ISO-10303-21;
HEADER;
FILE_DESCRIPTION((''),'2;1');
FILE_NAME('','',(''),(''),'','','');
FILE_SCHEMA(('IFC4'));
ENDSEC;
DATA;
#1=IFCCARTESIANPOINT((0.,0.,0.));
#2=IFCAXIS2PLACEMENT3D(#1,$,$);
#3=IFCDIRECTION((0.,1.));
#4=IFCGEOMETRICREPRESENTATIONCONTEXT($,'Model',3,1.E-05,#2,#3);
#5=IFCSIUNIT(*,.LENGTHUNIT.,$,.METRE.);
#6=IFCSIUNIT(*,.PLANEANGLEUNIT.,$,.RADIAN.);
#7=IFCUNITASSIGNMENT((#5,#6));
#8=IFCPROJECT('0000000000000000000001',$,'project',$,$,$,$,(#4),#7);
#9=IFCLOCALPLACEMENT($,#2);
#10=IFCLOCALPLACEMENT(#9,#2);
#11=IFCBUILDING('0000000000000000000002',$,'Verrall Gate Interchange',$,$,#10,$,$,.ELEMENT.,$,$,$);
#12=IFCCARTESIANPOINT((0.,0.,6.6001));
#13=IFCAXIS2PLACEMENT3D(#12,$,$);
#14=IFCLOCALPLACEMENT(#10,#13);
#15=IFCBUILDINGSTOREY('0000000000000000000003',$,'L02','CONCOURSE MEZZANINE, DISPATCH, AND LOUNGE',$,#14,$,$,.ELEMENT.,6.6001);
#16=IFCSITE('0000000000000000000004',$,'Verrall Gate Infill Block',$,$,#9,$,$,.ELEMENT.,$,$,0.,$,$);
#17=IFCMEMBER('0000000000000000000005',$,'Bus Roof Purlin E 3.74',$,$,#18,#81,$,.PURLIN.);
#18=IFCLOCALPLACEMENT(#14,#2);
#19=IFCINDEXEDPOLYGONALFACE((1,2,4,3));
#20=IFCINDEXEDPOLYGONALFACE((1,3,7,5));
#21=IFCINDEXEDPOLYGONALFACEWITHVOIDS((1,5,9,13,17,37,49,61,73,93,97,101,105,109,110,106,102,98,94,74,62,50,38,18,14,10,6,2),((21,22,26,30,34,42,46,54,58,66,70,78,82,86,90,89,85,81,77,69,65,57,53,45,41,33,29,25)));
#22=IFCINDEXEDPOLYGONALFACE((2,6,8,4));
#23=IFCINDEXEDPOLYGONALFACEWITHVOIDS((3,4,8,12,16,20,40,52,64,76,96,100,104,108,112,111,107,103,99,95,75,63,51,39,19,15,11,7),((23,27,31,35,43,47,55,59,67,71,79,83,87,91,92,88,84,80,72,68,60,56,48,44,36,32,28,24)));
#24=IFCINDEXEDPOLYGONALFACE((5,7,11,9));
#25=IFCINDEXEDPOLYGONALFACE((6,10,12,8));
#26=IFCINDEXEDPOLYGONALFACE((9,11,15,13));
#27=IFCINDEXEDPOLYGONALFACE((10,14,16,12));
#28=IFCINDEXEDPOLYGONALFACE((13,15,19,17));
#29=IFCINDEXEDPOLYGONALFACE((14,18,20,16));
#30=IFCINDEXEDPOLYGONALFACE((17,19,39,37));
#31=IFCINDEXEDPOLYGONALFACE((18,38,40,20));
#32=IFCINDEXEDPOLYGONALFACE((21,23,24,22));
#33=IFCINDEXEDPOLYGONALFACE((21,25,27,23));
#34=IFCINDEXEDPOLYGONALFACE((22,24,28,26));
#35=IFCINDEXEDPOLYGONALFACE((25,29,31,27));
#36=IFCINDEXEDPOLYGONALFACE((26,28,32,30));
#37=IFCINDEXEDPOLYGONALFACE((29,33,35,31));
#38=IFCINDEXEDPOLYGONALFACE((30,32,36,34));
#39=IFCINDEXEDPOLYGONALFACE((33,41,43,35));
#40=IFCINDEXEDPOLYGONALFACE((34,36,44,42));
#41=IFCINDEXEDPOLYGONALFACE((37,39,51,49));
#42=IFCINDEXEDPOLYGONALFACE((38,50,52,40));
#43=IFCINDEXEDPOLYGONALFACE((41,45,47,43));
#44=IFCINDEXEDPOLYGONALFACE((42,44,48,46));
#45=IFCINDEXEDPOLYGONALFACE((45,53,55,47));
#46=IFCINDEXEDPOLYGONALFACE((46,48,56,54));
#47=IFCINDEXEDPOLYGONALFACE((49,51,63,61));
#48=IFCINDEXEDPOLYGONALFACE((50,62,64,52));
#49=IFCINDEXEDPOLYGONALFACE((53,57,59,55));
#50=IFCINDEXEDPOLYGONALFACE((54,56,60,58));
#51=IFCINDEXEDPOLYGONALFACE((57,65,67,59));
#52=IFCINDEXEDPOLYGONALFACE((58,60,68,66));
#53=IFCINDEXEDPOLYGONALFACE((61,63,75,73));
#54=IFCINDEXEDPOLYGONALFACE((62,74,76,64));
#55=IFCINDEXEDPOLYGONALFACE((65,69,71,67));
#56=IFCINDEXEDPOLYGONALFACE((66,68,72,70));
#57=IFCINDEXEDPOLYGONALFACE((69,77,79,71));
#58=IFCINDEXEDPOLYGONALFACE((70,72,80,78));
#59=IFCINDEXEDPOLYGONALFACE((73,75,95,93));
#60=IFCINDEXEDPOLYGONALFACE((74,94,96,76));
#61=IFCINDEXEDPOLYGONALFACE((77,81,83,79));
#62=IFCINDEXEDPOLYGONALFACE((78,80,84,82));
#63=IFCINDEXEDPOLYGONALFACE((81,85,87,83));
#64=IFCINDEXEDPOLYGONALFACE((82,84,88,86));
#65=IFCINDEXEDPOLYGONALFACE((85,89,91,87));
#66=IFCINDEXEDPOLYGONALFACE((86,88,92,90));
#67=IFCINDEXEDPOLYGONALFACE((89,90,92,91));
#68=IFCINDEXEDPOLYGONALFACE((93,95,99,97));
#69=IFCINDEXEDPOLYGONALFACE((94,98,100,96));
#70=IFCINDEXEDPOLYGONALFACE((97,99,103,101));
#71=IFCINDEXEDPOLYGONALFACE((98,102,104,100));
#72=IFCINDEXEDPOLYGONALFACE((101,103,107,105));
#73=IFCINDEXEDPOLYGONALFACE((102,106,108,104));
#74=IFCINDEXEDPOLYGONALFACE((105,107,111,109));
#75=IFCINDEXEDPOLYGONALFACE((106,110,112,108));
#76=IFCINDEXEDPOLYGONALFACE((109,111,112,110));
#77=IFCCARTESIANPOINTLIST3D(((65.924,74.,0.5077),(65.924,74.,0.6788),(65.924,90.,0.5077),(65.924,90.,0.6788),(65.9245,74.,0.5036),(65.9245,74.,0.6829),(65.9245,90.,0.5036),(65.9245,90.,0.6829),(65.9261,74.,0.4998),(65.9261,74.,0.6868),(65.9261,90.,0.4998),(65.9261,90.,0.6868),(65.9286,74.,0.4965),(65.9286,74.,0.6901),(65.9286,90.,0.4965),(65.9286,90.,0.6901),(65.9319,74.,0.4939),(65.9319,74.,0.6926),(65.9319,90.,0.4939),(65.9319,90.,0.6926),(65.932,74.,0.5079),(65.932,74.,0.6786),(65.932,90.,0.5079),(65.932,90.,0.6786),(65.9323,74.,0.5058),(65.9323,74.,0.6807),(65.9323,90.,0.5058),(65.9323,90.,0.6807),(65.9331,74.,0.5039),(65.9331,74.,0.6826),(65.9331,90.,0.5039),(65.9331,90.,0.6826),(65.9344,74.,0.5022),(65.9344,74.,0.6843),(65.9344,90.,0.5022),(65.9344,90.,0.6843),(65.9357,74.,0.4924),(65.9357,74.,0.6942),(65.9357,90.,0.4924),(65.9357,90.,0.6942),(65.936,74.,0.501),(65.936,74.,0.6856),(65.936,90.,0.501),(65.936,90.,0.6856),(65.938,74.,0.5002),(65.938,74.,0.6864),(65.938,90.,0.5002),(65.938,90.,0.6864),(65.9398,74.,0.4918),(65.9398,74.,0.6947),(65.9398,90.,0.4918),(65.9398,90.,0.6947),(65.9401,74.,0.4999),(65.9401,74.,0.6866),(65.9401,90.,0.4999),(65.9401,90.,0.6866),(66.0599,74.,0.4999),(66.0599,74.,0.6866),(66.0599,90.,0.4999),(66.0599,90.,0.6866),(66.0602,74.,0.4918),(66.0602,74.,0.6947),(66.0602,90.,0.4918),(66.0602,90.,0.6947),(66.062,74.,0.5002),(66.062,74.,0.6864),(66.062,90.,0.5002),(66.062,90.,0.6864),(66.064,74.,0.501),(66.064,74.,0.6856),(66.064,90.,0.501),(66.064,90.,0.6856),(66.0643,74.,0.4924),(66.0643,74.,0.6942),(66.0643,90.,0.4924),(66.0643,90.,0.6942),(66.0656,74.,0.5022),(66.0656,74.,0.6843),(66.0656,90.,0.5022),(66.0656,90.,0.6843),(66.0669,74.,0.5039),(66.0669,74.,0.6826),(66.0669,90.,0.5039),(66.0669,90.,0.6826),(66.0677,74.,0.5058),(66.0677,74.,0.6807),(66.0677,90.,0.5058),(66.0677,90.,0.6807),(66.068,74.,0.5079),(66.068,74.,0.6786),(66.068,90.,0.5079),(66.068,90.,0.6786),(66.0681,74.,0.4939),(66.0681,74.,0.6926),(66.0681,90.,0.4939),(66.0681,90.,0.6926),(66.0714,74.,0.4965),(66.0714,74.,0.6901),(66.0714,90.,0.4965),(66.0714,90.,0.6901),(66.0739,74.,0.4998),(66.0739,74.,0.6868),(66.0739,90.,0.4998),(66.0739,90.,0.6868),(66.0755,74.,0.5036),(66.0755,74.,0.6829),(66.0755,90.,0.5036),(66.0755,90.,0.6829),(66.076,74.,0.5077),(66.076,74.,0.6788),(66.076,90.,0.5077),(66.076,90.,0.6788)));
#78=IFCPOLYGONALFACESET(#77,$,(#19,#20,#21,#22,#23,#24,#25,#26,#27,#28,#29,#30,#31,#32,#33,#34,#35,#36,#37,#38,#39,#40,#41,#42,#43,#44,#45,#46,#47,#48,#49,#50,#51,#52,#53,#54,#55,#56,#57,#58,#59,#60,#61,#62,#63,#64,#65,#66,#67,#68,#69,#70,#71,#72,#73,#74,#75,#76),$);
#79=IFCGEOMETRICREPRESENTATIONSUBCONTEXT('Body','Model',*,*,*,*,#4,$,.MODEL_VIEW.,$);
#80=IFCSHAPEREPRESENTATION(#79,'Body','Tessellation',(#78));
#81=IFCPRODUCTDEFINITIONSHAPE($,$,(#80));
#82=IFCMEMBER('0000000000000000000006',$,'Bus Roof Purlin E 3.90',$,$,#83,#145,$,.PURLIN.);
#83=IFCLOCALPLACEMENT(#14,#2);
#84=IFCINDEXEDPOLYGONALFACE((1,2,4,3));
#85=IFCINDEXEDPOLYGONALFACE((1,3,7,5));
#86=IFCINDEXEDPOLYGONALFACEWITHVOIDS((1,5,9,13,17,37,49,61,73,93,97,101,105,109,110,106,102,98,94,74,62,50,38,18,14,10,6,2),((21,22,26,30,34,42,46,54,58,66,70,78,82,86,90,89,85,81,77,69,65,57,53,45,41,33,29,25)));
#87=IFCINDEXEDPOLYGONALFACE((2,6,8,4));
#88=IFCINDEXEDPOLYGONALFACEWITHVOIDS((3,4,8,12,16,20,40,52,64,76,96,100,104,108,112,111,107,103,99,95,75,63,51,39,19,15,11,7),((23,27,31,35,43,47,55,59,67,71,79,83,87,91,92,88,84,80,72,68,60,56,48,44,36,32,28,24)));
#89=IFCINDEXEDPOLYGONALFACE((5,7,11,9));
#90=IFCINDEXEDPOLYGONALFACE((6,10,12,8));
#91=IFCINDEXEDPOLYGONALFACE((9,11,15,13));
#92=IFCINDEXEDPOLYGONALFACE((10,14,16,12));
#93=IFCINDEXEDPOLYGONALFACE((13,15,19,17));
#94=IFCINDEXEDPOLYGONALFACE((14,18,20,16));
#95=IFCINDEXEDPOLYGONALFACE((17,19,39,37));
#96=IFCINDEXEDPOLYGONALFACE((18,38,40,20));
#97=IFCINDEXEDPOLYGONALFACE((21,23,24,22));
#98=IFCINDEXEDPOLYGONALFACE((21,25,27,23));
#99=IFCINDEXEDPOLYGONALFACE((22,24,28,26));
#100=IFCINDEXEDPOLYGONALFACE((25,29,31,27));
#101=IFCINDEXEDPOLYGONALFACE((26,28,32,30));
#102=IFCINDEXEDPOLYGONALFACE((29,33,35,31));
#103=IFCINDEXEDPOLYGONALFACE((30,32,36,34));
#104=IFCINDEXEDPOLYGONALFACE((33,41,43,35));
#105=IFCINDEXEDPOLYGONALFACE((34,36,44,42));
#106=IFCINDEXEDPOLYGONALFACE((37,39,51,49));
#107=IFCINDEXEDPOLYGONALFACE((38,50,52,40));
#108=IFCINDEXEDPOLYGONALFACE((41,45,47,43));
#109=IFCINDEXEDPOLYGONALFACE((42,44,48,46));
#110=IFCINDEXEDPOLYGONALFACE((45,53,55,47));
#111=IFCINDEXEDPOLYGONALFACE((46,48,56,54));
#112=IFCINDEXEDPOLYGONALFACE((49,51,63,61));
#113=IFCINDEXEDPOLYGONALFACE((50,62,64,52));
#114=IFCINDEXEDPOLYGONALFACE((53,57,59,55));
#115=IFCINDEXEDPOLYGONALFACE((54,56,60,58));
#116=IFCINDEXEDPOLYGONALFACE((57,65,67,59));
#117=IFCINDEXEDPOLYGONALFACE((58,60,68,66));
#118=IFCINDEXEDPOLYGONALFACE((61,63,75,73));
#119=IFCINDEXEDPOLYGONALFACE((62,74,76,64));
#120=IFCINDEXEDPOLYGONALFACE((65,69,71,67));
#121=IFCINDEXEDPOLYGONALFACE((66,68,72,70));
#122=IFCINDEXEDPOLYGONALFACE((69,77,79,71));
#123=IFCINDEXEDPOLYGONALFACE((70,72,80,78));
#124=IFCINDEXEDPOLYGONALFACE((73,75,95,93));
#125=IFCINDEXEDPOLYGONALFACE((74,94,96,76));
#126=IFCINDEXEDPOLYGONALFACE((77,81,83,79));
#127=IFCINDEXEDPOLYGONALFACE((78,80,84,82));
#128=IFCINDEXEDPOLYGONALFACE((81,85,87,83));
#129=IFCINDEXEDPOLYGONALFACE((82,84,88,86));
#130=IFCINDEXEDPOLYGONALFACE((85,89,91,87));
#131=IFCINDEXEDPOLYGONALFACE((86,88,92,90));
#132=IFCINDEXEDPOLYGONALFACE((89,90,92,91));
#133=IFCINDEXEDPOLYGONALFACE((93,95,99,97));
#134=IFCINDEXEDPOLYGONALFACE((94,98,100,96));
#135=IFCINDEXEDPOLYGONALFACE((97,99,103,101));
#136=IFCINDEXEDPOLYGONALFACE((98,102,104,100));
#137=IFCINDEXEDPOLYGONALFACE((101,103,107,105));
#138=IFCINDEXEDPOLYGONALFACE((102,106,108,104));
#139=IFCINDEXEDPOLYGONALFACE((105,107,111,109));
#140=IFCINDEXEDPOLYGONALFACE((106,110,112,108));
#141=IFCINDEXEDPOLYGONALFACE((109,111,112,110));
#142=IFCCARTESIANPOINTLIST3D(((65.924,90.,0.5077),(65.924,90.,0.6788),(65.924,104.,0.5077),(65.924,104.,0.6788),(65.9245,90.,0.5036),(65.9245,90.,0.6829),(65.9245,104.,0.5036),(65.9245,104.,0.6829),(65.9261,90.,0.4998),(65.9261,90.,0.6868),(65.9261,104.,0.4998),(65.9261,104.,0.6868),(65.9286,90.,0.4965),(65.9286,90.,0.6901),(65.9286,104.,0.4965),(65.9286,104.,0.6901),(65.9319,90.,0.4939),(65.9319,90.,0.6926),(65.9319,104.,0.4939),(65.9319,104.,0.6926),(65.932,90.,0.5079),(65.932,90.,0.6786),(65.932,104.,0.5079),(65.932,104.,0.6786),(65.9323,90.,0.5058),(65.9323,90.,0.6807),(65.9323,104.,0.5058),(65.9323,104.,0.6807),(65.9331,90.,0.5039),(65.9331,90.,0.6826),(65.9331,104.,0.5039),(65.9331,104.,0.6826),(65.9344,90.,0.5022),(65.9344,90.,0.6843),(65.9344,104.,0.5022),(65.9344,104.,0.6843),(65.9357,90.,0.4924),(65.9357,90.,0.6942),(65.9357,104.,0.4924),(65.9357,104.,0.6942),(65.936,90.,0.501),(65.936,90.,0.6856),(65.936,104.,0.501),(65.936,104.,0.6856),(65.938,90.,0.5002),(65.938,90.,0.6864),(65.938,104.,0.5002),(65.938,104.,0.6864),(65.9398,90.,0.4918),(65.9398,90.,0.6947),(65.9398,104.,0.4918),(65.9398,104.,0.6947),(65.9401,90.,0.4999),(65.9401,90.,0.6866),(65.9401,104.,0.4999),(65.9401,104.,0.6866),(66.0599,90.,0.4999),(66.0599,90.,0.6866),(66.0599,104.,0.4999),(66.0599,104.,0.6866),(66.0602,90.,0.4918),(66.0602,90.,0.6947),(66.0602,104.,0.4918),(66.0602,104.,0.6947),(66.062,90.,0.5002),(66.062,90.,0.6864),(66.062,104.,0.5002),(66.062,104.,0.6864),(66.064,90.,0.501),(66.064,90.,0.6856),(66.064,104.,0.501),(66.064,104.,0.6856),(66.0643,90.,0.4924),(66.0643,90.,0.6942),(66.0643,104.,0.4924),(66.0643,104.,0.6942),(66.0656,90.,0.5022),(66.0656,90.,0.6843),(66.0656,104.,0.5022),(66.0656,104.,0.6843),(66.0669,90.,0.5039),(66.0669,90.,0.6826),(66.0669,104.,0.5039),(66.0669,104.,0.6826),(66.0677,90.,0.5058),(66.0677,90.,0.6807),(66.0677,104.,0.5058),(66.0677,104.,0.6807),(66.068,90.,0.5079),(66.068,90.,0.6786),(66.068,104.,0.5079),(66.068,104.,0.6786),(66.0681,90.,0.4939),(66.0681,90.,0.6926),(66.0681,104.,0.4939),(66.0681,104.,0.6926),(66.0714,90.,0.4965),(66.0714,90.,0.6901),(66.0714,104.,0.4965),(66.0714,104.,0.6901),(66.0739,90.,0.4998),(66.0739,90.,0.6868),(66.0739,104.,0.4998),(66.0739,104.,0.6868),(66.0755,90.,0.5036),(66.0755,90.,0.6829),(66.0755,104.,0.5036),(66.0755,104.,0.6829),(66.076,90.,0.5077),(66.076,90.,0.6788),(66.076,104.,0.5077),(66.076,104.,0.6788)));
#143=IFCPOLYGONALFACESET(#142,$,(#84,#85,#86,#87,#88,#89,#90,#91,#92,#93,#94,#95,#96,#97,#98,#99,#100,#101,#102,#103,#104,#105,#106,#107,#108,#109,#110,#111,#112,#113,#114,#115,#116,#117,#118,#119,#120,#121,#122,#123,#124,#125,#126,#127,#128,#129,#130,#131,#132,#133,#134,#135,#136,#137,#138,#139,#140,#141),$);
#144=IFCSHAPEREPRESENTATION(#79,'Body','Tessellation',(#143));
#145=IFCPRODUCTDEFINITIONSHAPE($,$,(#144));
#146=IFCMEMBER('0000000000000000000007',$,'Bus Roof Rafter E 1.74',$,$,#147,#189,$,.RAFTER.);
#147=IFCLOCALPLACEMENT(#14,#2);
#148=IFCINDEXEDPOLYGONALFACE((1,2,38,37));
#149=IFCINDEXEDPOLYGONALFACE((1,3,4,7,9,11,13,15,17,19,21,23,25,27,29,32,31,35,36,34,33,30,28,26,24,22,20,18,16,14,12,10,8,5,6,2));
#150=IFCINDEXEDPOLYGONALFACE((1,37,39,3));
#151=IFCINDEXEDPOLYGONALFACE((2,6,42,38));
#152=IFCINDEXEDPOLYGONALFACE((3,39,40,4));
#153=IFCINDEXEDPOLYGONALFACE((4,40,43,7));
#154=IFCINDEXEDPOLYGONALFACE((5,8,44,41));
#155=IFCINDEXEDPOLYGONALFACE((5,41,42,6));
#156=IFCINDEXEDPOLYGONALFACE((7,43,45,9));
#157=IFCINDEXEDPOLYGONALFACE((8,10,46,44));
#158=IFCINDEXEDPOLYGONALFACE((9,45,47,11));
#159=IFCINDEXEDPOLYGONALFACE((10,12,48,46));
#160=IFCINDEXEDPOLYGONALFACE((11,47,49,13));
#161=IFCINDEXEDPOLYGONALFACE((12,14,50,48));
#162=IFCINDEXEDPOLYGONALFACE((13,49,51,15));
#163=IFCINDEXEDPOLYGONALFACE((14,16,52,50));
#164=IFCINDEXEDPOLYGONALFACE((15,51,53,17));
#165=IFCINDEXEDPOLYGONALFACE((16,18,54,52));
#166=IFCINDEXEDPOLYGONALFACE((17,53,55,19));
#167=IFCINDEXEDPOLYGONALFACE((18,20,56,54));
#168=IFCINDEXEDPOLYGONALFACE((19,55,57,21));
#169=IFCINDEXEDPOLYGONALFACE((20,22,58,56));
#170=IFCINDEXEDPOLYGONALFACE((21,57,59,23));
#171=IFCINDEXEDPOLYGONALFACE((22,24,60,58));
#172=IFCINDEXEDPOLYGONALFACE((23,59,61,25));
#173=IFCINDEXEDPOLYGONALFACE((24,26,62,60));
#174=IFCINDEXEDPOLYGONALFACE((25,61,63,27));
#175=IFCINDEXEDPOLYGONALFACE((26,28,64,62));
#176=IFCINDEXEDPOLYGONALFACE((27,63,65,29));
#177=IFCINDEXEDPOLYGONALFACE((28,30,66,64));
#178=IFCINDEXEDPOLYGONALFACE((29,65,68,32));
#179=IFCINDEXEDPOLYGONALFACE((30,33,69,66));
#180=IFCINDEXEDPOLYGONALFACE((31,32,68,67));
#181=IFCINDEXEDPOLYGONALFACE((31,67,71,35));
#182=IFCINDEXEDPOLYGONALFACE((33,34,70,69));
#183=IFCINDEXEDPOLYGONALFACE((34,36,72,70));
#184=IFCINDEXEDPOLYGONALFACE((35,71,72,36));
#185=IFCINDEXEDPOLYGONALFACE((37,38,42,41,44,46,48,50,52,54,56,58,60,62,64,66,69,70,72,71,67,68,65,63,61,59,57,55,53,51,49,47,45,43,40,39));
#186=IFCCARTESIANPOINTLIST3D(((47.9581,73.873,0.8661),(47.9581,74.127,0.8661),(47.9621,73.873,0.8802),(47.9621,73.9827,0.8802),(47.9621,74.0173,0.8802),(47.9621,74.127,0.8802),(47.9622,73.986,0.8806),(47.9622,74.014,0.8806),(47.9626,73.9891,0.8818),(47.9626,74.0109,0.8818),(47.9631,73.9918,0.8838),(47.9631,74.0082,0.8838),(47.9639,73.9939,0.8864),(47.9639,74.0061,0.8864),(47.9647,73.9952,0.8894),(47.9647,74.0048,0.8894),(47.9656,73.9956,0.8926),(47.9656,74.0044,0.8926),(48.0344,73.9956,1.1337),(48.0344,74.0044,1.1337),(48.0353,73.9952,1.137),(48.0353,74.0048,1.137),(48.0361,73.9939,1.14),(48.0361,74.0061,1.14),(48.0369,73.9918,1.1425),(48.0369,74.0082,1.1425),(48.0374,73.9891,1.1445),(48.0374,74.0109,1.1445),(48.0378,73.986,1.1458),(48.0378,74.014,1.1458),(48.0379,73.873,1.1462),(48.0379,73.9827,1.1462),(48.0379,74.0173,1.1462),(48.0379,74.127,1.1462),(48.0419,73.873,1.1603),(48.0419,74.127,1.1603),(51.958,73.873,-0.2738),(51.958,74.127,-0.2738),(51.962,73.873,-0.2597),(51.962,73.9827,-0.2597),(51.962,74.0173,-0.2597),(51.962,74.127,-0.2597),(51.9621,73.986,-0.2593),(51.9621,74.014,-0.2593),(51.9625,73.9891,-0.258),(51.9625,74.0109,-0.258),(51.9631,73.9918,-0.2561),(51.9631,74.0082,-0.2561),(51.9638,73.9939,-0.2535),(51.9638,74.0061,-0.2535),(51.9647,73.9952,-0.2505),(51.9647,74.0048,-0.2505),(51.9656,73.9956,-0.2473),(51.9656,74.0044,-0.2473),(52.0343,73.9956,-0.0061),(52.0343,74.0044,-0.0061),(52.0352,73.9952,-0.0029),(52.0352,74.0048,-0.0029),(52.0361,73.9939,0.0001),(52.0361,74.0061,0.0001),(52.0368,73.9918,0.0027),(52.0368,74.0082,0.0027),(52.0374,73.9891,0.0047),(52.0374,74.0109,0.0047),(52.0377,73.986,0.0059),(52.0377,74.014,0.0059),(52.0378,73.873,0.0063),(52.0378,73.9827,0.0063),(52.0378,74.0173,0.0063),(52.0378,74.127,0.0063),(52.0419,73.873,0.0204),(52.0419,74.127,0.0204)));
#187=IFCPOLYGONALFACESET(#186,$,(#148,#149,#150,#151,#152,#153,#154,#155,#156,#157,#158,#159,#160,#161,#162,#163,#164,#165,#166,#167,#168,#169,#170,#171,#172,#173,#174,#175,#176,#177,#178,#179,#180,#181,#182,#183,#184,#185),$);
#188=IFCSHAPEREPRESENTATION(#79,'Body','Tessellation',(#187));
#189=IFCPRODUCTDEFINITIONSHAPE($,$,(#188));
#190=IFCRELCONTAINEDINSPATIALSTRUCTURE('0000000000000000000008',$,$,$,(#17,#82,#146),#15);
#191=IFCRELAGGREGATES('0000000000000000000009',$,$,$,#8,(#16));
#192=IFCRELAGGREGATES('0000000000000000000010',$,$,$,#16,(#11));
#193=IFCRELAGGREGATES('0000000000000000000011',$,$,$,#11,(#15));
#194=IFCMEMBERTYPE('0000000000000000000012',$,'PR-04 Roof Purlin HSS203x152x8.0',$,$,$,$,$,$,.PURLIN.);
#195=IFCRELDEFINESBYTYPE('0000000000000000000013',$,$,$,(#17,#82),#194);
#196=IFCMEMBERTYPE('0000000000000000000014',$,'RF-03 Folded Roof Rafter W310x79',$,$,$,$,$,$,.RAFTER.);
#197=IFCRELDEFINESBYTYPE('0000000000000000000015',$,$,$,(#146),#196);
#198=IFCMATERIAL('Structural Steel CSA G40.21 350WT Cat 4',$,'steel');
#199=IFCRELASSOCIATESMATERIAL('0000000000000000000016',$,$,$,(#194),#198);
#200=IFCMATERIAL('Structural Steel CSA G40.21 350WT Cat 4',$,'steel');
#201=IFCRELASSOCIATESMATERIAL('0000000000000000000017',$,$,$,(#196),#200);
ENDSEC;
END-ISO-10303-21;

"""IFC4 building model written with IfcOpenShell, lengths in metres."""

from ifc_helpers import new_model, si_unit, direction, frame, origin, origin_2d, place, context, subcontext, project, spatial, hollow_rectangle, i_section, extrude, material, material_profile, profile_set, type_object, element, save


model = new_model("IFC4")

# Units and contexts
model_context = context("Model", 3, precision=1e-05, world=origin(), true_north=direction((0.0, 1.0)))
body_context = subcontext(model_context, "Body", "Model", "MODEL_VIEW")
ifc_project = project(units=[si_unit("LENGTHUNIT", "METRE"), si_unit("PLANEANGLEUNIT", "RADIAN")], contexts=[model_context])

# Site, building, storey
site_placement = place(None, origin())
site = spatial("IfcSite", under=ifc_project, at=site_placement, Name="Verrall Gate Infill Block", CompositionType="ELEMENT", RefElevation=0.0)
building_placement = place(site_placement, origin())
building = spatial("IfcBuilding", under=site, at=building_placement, Name="Verrall Gate Interchange", CompositionType="ELEMENT")
storey_placement = place(building_placement, frame((0.0, 0.0, 6.6001)))
storey = spatial("IfcBuildingStorey", under=building, at=storey_placement, Name="L02", Description="CONCOURSE MEZZANINE, DISPATCH, AND LOUNGE", CompositionType="ELEMENT", Elevation=6.6001)

# Members
ifc_material_1 = material(Name="Structural Steel CSA G40.21 350WT Cat 4", Category="steel")
ifc_material_profile_1 = material_profile(ifc_material_1, hollow_rectangle(XDim=0.1521, YDim=0.2029, WallThickness=0.0081, InnerFilletRadius=0.0081, OuterFilletRadius=0.0159, at=origin_2d()), Name="HSS203x152x8.0")
ifc_profile_set_1 = profile_set([ifc_material_profile_1], Name="Structural Steel CSA G40.21 350WT Cat 4")
member_type_1 = type_object("IfcMemberType", Name="PR-04 Roof Purlin HSS203x152x8.0", PredefinedType="PURLIN", material=ifc_profile_set_1)
member_1_placement = place(storey_placement, frame((66.0, 74.0, 0.5933), z_axis=(0.0, 1.0, 0.0), x_axis=(-1.0, 0.0, 0.0)))
element("IfcMember", 1, at=member_1_placement, inside=storey, type_object=member_type_1, Name="Bus Roof Purlin E 3.74", PredefinedType="PURLIN", context=body_context, shape_type="SweptSolid", body=[
    extrude(hollow_rectangle(XDim=0.1521, YDim=0.2029, WallThickness=0.0081, InnerFilletRadius=0.0081, OuterFilletRadius=0.0159, at=origin_2d()), origin(), (0.0, 0.0, 1.0), 16.0),
])
member_2_placement = place(storey_placement, frame((66.0, 90.0, 0.5933), z_axis=(0.0, 1.0, 0.0), x_axis=(-1.0, 0.0, 0.0)))
element("IfcMember", 2, at=member_2_placement, inside=storey, type_object=member_type_1, Name="Bus Roof Purlin E 3.90", PredefinedType="PURLIN", context=body_context, shape_type="SweptSolid", body=[
    extrude(hollow_rectangle(XDim=0.1521, YDim=0.2029, WallThickness=0.0081, InnerFilletRadius=0.0081, OuterFilletRadius=0.0159, at=origin_2d()), origin(), (0.0, 0.0, 1.0), 14.0),
])
ifc_material_2 = material(Name="Structural Steel CSA G40.21 350WT Cat 4", Category="steel")
ifc_material_profile_2 = material_profile(ifc_material_2, i_section(OverallWidth=0.2539, OverallDepth=0.3059, WebThickness=0.0088, FlangeThickness=0.0146, FilletRadius=0.0129, at=origin_2d()), Name="W310x79")
ifc_profile_set_2 = profile_set([ifc_material_profile_2], Name="Structural Steel CSA G40.21 350WT Cat 4")
member_type_2 = type_object("IfcMemberType", Name="RF-03 Folded Roof Rafter W310x79", PredefinedType="RAFTER", material=ifc_profile_set_2)
for number, where, z_axis, x_axis, name in (
    (3, (48.0, 74.0, 1.0132), (0.961712, 0.0, -0.274062), (0.0, 1.0, 0.0), "Bus Roof Rafter E 1.74"),
):
    element("IfcMember", number, at=place(storey_placement, frame(where, z_axis=z_axis, x_axis=x_axis)), inside=storey, type_object=member_type_2, Name=name, PredefinedType="RAFTER", context=body_context, shape_type="SweptSolid", body=[
        extrude(i_section(OverallWidth=0.2539, OverallDepth=0.3059, WebThickness=0.0088, FlangeThickness=0.0146, FilletRadius=0.0129, at=origin_2d()), origin(), (0.0, 0.0, 1.0), 4.1592),
    ])

save(model, "model.ifc")
